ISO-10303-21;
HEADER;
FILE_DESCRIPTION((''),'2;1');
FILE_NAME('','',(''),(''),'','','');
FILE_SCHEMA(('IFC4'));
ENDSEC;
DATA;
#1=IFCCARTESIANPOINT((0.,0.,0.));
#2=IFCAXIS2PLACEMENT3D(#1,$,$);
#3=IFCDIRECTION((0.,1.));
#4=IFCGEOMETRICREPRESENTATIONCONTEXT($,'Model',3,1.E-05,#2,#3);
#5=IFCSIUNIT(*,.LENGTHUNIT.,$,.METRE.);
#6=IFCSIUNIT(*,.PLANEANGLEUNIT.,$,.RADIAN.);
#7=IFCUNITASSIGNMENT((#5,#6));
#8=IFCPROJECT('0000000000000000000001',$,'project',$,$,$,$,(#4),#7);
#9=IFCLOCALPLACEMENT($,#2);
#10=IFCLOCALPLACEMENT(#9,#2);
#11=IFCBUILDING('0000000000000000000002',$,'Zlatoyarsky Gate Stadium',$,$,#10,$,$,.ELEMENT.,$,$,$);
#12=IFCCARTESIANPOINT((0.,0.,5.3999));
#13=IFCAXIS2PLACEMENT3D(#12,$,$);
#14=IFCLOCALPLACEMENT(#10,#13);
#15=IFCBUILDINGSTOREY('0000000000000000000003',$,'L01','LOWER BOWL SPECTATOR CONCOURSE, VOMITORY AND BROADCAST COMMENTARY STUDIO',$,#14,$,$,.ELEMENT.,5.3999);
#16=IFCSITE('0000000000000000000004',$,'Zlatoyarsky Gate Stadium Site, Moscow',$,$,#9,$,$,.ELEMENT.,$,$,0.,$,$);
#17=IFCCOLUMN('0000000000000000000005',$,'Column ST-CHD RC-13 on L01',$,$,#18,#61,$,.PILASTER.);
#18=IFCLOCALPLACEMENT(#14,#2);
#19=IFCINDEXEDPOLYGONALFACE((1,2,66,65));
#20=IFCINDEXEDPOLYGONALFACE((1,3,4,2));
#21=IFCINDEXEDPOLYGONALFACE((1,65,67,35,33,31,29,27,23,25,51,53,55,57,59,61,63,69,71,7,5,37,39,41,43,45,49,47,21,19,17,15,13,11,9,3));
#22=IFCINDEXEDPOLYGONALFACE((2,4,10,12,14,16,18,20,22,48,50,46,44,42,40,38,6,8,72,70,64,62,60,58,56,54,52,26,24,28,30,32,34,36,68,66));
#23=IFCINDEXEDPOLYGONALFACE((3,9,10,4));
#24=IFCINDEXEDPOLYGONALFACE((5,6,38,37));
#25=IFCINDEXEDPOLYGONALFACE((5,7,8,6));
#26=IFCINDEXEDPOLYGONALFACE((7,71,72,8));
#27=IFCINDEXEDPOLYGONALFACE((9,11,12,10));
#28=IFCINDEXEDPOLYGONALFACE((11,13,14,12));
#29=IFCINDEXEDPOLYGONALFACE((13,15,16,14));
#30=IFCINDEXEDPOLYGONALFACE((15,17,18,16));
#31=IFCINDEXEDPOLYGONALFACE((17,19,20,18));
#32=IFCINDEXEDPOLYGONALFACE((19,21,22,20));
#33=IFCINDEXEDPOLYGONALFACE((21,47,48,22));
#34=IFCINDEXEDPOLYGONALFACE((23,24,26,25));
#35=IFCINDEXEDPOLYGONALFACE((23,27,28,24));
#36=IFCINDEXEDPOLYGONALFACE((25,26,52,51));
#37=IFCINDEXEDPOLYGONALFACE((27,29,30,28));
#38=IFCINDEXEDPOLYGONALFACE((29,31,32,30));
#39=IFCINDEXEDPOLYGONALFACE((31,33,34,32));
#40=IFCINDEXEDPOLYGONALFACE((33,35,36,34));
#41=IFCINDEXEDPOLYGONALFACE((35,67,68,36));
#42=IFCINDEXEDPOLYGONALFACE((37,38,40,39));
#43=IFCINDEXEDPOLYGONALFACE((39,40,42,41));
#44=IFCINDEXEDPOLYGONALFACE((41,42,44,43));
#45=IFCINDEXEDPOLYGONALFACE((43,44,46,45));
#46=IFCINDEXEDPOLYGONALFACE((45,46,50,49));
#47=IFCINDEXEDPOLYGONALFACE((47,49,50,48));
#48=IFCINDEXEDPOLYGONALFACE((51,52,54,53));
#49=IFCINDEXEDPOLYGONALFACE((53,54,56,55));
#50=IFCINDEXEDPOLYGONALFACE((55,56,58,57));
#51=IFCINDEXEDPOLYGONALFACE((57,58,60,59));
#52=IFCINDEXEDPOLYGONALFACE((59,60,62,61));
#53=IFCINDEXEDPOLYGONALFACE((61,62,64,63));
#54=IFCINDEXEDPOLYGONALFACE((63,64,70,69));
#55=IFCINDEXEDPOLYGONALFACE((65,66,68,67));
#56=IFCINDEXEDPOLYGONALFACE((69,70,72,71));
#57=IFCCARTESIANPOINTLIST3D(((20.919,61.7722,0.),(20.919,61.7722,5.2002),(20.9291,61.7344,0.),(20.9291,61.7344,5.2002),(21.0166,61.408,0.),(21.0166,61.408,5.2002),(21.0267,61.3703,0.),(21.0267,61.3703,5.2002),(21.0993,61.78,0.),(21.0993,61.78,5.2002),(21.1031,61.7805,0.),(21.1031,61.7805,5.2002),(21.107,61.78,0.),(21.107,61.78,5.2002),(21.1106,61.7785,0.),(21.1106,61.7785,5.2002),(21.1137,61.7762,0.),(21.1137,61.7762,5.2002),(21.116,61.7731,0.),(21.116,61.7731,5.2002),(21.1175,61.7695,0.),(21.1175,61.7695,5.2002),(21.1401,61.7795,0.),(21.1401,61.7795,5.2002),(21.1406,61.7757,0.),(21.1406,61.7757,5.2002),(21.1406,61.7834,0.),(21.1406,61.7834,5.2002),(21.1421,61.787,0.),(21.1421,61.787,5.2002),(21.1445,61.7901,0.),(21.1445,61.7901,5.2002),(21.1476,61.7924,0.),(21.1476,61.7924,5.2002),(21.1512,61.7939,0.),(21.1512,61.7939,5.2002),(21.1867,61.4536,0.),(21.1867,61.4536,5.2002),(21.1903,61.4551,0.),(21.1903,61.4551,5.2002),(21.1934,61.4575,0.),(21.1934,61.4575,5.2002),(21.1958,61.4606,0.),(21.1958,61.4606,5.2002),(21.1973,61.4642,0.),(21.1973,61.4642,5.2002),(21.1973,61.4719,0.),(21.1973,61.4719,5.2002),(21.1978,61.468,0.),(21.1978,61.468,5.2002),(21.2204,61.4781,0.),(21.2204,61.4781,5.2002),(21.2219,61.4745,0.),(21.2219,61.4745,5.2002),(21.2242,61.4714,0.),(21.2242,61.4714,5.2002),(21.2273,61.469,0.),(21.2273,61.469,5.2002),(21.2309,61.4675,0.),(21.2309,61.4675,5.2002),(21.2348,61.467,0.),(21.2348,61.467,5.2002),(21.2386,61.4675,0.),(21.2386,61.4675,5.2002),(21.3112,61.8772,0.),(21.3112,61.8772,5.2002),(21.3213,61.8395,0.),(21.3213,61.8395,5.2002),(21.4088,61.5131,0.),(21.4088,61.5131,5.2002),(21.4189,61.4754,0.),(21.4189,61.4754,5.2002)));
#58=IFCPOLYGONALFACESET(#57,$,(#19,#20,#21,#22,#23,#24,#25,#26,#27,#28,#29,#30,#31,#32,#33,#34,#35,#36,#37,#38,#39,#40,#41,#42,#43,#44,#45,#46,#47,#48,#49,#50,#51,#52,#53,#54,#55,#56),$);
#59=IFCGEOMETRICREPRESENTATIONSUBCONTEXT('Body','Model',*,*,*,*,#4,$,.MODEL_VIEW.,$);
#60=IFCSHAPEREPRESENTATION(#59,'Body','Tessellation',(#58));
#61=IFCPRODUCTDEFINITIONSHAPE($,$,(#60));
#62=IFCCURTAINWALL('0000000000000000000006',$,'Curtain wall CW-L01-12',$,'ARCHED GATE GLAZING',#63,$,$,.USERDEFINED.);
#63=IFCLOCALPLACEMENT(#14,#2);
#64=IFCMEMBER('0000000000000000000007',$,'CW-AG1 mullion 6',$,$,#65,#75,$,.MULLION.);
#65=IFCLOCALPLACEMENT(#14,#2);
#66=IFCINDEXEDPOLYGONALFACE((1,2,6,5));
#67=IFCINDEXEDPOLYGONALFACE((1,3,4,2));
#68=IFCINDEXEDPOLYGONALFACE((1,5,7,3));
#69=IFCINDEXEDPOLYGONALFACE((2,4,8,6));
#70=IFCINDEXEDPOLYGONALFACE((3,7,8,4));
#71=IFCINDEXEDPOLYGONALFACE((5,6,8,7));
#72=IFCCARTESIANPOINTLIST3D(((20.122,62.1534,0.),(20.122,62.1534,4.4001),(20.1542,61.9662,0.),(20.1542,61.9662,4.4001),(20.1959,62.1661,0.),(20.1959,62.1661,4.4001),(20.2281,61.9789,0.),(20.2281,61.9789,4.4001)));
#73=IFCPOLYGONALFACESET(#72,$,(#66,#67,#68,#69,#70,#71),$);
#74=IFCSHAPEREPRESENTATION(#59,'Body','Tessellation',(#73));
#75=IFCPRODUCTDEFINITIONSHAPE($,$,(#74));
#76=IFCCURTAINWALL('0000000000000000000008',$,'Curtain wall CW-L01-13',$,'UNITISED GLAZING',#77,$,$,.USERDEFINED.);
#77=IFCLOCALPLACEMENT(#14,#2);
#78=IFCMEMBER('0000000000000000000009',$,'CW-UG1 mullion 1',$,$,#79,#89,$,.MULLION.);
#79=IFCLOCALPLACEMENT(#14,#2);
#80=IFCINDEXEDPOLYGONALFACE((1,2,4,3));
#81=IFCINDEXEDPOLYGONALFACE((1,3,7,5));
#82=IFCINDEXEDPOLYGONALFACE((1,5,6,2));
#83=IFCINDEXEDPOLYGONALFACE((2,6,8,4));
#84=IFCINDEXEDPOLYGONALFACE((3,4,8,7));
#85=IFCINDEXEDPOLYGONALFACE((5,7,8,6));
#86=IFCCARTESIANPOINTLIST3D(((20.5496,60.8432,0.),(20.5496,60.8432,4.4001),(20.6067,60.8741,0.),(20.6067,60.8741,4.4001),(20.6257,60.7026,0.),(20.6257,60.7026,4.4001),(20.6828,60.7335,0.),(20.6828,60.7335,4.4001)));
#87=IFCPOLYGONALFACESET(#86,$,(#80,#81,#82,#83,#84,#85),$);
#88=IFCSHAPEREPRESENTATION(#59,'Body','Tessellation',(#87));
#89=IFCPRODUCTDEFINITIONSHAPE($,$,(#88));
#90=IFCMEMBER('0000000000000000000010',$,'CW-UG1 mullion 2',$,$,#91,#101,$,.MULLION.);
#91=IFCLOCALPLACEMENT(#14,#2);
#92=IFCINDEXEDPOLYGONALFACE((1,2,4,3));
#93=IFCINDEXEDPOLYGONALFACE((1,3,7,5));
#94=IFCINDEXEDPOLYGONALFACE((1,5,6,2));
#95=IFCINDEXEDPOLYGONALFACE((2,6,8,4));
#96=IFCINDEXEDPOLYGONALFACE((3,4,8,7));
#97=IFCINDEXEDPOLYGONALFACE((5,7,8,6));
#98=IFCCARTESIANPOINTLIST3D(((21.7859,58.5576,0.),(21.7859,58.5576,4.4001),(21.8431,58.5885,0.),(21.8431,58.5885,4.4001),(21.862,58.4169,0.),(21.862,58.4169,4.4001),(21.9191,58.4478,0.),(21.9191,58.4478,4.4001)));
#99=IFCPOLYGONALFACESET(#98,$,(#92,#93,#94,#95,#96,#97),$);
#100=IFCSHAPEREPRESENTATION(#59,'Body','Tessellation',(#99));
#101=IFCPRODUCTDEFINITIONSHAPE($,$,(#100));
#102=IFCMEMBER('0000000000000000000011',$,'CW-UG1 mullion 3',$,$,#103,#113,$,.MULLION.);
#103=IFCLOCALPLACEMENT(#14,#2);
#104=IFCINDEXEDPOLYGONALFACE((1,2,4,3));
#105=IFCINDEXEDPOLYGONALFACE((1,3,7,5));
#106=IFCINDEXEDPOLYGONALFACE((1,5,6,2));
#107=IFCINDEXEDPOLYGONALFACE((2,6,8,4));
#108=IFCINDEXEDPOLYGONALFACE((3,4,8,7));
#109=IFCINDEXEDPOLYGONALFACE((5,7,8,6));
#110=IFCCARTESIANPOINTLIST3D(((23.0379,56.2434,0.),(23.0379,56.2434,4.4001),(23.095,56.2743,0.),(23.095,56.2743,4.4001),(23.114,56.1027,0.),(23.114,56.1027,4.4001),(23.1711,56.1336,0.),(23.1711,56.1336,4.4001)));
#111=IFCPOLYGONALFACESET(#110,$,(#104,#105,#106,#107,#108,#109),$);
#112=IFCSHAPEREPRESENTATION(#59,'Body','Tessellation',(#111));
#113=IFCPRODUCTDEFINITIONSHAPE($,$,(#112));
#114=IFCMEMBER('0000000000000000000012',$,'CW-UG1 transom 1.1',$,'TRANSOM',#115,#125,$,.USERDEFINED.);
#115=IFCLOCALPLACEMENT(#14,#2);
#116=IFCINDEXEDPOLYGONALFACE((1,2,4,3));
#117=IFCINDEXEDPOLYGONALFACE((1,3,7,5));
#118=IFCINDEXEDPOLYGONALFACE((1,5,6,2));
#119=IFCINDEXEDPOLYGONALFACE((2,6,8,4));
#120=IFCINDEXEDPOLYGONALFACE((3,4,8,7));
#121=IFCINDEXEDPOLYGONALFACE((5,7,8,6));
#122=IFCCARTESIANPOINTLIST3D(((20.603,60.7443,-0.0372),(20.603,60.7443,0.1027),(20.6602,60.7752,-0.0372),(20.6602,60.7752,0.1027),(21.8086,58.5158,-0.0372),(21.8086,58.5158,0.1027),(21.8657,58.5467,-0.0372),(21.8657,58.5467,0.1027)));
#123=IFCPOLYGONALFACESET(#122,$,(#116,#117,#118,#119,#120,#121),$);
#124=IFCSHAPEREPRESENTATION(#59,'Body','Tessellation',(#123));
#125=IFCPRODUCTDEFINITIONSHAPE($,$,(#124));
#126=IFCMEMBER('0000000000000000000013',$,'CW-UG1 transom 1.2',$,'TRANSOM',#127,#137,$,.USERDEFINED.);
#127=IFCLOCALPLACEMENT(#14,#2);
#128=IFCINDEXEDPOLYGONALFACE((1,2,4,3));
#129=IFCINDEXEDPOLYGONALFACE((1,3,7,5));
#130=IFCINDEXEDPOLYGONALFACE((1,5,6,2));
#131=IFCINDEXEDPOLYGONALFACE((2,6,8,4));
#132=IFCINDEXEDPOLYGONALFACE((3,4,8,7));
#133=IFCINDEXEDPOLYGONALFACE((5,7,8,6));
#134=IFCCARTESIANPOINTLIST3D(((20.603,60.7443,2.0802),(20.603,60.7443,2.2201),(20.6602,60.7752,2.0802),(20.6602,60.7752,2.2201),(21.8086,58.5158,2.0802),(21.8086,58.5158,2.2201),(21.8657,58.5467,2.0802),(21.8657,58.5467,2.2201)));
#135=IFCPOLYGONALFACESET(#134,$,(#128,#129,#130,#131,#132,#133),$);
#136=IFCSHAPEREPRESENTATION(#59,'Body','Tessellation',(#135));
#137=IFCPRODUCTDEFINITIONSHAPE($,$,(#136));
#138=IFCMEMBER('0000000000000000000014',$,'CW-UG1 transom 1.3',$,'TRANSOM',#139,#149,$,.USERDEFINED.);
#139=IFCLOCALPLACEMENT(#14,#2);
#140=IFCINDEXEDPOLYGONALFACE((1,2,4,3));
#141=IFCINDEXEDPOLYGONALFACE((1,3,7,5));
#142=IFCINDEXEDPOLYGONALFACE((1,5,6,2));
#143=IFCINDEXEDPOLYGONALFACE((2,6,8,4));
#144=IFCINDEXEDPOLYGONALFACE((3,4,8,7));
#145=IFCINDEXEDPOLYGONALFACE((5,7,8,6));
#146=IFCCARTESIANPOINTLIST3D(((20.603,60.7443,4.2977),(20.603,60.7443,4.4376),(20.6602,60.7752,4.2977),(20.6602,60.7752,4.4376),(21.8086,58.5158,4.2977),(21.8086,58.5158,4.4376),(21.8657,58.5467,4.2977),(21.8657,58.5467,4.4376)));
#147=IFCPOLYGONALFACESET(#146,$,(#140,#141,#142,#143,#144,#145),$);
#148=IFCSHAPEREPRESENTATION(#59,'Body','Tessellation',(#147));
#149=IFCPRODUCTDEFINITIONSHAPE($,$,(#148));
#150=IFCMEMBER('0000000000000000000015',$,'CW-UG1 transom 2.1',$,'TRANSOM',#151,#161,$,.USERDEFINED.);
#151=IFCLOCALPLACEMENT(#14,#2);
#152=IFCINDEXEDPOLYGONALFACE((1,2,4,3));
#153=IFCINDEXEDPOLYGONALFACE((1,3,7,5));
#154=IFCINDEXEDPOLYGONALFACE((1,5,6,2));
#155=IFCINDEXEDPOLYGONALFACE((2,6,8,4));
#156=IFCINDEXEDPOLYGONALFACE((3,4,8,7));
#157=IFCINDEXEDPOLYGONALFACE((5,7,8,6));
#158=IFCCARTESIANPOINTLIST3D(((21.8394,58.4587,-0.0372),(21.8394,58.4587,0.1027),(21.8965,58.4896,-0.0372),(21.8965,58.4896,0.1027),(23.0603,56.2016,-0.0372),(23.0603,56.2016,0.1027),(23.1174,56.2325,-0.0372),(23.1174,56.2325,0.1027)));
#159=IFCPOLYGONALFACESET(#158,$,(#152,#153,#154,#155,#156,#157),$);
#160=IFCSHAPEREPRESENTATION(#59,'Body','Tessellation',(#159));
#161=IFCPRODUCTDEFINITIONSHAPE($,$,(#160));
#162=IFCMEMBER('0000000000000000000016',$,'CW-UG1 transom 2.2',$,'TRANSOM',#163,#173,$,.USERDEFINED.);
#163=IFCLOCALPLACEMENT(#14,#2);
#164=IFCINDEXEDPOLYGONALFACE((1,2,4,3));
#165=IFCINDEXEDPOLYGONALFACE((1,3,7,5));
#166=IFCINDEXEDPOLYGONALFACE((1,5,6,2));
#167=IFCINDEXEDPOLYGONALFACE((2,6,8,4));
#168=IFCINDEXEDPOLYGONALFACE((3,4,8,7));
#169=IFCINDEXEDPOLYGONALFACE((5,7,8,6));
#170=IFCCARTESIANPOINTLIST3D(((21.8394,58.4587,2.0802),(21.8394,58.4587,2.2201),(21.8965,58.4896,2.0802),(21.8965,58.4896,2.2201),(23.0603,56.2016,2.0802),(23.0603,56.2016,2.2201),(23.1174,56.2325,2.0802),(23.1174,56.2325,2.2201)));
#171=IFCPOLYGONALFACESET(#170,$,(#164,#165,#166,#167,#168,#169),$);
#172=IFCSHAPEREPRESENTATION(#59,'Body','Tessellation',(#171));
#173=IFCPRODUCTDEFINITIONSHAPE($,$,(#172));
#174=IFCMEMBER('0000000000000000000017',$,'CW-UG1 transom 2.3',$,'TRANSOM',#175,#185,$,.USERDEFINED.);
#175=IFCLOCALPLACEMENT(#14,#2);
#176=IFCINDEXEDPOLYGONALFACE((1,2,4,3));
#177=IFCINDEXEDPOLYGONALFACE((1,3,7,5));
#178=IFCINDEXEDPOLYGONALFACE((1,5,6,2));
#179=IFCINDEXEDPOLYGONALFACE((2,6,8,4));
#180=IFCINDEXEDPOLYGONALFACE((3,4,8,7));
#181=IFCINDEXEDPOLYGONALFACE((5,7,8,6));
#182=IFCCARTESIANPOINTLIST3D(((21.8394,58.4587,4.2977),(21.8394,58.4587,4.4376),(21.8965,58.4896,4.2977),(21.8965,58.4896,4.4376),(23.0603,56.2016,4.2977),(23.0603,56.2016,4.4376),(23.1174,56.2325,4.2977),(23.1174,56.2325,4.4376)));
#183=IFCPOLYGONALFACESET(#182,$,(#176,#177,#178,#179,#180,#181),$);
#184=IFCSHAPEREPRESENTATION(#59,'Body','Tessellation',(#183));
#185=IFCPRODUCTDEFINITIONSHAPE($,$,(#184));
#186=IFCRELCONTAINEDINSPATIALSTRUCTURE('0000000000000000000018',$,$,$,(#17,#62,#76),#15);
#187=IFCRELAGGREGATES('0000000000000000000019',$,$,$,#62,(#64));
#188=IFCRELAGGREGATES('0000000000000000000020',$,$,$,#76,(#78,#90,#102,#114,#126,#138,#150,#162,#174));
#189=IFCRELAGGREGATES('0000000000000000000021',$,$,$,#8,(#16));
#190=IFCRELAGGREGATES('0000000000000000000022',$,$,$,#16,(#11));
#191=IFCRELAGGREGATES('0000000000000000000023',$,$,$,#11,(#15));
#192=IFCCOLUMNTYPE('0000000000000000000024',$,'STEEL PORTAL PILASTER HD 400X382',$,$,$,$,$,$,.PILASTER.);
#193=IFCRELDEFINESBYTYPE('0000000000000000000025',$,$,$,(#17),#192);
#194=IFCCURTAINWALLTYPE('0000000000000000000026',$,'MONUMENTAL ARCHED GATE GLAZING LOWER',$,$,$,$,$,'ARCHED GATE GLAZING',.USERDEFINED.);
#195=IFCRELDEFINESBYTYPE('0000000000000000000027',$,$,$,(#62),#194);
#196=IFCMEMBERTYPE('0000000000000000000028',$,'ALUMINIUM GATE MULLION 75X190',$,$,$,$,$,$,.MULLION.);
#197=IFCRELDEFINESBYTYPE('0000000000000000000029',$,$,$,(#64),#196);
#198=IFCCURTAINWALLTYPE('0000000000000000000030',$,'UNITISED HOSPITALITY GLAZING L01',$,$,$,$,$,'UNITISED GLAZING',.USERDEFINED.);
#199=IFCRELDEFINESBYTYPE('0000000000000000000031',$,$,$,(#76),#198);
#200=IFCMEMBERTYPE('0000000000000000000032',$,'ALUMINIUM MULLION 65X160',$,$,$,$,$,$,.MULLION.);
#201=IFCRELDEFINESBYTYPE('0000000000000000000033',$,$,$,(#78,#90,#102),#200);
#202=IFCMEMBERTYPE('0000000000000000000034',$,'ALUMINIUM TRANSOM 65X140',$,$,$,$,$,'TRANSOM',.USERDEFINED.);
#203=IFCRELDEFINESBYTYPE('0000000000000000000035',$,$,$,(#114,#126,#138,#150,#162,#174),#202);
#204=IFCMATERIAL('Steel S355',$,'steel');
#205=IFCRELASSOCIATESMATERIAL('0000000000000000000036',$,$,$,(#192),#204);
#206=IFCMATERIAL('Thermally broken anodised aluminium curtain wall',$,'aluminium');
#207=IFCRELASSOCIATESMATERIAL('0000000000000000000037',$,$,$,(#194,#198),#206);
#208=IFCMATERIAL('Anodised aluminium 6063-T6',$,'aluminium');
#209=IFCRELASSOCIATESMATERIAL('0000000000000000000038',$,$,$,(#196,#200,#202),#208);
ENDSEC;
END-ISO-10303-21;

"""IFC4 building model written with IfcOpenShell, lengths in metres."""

from ifc_helpers import new_model, si_unit, direction, frame, origin, origin_2d, place, context, subcontext, project, spatial, rectangle, i_section, extrude, material, material_profile, profile_set, type_object, element, aggregate, save


model = new_model("IFC4")

# Units and contexts
model_context = context("Model", 3, precision=1e-05, world=origin(), true_north=direction((0.0, 1.0)))
body_context = subcontext(model_context, "Body", "Model", "MODEL_VIEW")
ifc_project = project(units=[si_unit("LENGTHUNIT", "METRE"), si_unit("PLANEANGLEUNIT", "RADIAN")], contexts=[model_context])

# Site, building, storey
site_placement = place(None, origin())
site = spatial("IfcSite", under=ifc_project, at=site_placement, Name="Zlatoyarsky Gate Stadium Site, Moscow", CompositionType="ELEMENT", RefElevation=0.0)
building_placement = place(site_placement, origin())
building = spatial("IfcBuilding", under=site, at=building_placement, Name="Zlatoyarsky Gate Stadium", CompositionType="ELEMENT")
storey_placement = place(building_placement, frame((0.0, 0.0, 5.3999)))
storey = spatial("IfcBuildingStorey", under=building, at=storey_placement, Name="L01", Description="LOWER BOWL SPECTATOR CONCOURSE, VOMITORY AND BROADCAST COMMENTARY STUDIO", CompositionType="ELEMENT", Elevation=5.3999)

# Column
ifc_material_1 = material(Name="Steel S355", Category="steel")
ifc_material_profile_1 = material_profile(ifc_material_1, i_section(OverallWidth=0.406, OverallDepth=0.416, WebThickness=0.0239, FlangeThickness=0.0391, FilletRadius=0.0149, at=origin_2d()), Name="HD 400X382")
ifc_profile_set_1 = profile_set([ifc_material_profile_1], Name="Steel S355")
column_type = type_object("IfcColumnType", Name="STEEL PORTAL PILASTER HD 400X382", PredefinedType="PILASTER", material=ifc_profile_set_1)
column_placement = place(storey_placement, frame((21.1689, 61.6238, 0.0), z_axis=(0.0, 0.0, 1.0), x_axis=(-0.965926, -0.258819, 0.0)))
element("IfcColumn", 1, at=column_placement, inside=storey, type_object=column_type, Name="Column ST-CHD RC-13 on L01", PredefinedType="PILASTER", context=body_context, shape_type="SweptSolid", body=[
    extrude(i_section(OverallWidth=0.406, OverallDepth=0.416, WebThickness=0.0239, FlangeThickness=0.0391, FilletRadius=0.0149, at=origin_2d()), origin(), (0.0, 0.0, 1.0), 5.2002),
])

# Curtain wall, member
ifc_material_2 = material(Name="Thermally broken anodised aluminium curtain wall", Category="aluminium")
curtain_wall_type_1 = type_object("IfcCurtainWallType", Name="MONUMENTAL ARCHED GATE GLAZING LOWER", ElementType="ARCHED GATE GLAZING", PredefinedType="USERDEFINED", material=ifc_material_2)
curtain_wall_1_placement = place(storey_placement, origin())
curtain_wall_1 = element("IfcCurtainWall", 2, at=curtain_wall_1_placement, inside=storey, type_object=curtain_wall_type_1, Name="Curtain wall CW-L01-12", ObjectType="ARCHED GATE GLAZING", PredefinedType="USERDEFINED")
ifc_material_3 = material(Name="Anodised aluminium 6063-T6", Category="aluminium")
ifc_material_profile_2 = material_profile(ifc_material_3, rectangle(XDim=0.075, YDim=0.1899, at=origin_2d()), Name="ALU 75X190")
ifc_profile_set_2 = profile_set([ifc_material_profile_2], Name="Anodised aluminium 6063-T6")
member_type_1 = type_object("IfcMemberType", Name="ALUMINIUM GATE MULLION 75X190", PredefinedType="MULLION", material=ifc_profile_set_2)
member_1_placement = place(storey_placement, frame((20.175, 62.0662, 0.0), z_axis=(0.0, 0.0, 1.0), x_axis=(0.985538, 0.169452, 0.0)))
member_1 = element("IfcMember", 3, at=member_1_placement, type_object=member_type_1, Name="CW-AG1 mullion 6", PredefinedType="MULLION", context=body_context, shape_type="SweptSolid", body=[
    extrude(rectangle(XDim=0.075, YDim=0.1899, at=origin_2d()), origin(), (0.0, 0.0, 1.0), 4.4001),
])

# Curtain wall, members
curtain_wall_type_2 = type_object("IfcCurtainWallType", Name="UNITISED HOSPITALITY GLAZING L01", ElementType="UNITISED GLAZING", PredefinedType="USERDEFINED", material=ifc_material_2)
curtain_wall_2_placement = place(storey_placement, origin())
curtain_wall_2 = element("IfcCurtainWall", 4, at=curtain_wall_2_placement, inside=storey, type_object=curtain_wall_type_2, Name="Curtain wall CW-L01-13", ObjectType="UNITISED GLAZING", PredefinedType="USERDEFINED")
ifc_material_profile_3 = material_profile(ifc_material_3, rectangle(XDim=0.0649, YDim=0.1599, at=origin_2d()), Name="ALU 65X160")
ifc_profile_set_3 = profile_set([ifc_material_profile_3], Name="Anodised aluminium 6063-T6")
member_type_2 = type_object("IfcMemberType", Name="ALUMINIUM MULLION 65X160", PredefinedType="MULLION", material=ifc_profile_set_3)
member_2_placement = place(storey_placement, frame((20.6162, 60.7883, 0.0), z_axis=(0.0, 0.0, 1.0), x_axis=(0.879561, 0.475786, 0.0)))
member_2 = element("IfcMember", 5, at=member_2_placement, type_object=member_type_2, Name="CW-UG1 mullion 1", PredefinedType="MULLION", context=body_context, shape_type="SweptSolid", body=[
    extrude(rectangle(XDim=0.0649, YDim=0.1599, at=origin_2d()), origin(), (0.0, 0.0, 1.0), 4.4001),
])
member_3_placement = place(storey_placement, frame((21.8525, 58.5027, 0.0), z_axis=(0.0, 0.0, 1.0), x_axis=(0.879561, 0.475786, 0.0)))
member_3 = element("IfcMember", 6, at=member_3_placement, type_object=member_type_2, Name="CW-UG1 mullion 2", PredefinedType="MULLION", context=body_context, shape_type="SweptSolid", body=[
    extrude(rectangle(XDim=0.0649, YDim=0.1599, at=origin_2d()), origin(), (0.0, 0.0, 1.0), 4.4001),
])
member_4_placement = place(storey_placement, frame((23.1045, 56.1885, 0.0), z_axis=(0.0, 0.0, 1.0), x_axis=(0.879561, 0.475786, 0.0)))
member_4 = element("IfcMember", 7, at=member_4_placement, type_object=member_type_2, Name="CW-UG1 mullion 3", PredefinedType="MULLION", context=body_context, shape_type="SweptSolid", body=[
    extrude(rectangle(XDim=0.0649, YDim=0.1599, at=origin_2d()), origin(), (0.0, 0.0, 1.0), 4.4001),
])
ifc_material_profile_4 = material_profile(ifc_material_3, rectangle(XDim=0.0649, YDim=0.1399, at=origin_2d()), Name="ALU 65X140")
ifc_profile_set_4 = profile_set([ifc_material_profile_4], Name="Anodised aluminium 6063-T6")
member_type_3 = type_object("IfcMemberType", Name="ALUMINIUM TRANSOM 65X140", ElementType="TRANSOM", PredefinedType="USERDEFINED", material=ifc_profile_set_4)
member_5_placement = place(storey_placement, frame((20.6316, 60.7598, 0.0327), z_axis=(0.475811, -0.879547, 0.0), x_axis=(0.879547, 0.475811, 0.0)))
member_5 = element("IfcMember", 8, at=member_5_placement, type_object=member_type_3, Name="CW-UG1 transom 1.1", ObjectType="TRANSOM", PredefinedType="USERDEFINED", context=body_context, shape_type="SweptSolid", body=[
    extrude(rectangle(XDim=0.0649, YDim=0.1399, at=origin_2d()), origin(), (0.0, 0.0, 1.0), 2.5337),
])
member_6_placement = place(storey_placement, frame((20.6316, 60.7598, 2.1501), z_axis=(0.475811, -0.879547, 0.0), x_axis=(0.879547, 0.475811, 0.0)))
member_6 = element("IfcMember", 9, at=member_6_placement, type_object=member_type_3, Name="CW-UG1 transom 1.2", ObjectType="TRANSOM", PredefinedType="USERDEFINED", context=body_context, shape_type="SweptSolid", body=[
    extrude(rectangle(XDim=0.0649, YDim=0.1399, at=origin_2d()), origin(), (0.0, 0.0, 1.0), 2.5337),
])
member_7_placement = place(storey_placement, frame((20.6316, 60.7598, 4.3677), z_axis=(0.475811, -0.879547, 0.0), x_axis=(0.879547, 0.475811, 0.0)))
member_7 = element("IfcMember", 10, at=member_7_placement, type_object=member_type_3, Name="CW-UG1 transom 1.3", ObjectType="TRANSOM", PredefinedType="USERDEFINED", context=body_context, shape_type="SweptSolid", body=[
    extrude(rectangle(XDim=0.0649, YDim=0.1399, at=origin_2d()), origin(), (0.0, 0.0, 1.0), 2.5337),
])
member_8_placement = place(storey_placement, frame((21.8679, 58.4741, 0.0327), z_axis=(0.47579, -0.879559, 0.0), x_axis=(0.879559, 0.47579, 0.0)))
member_8 = element("IfcMember", 11, at=member_8_placement, type_object=member_type_3, Name="CW-UG1 transom 2.1", ObjectType="TRANSOM", PredefinedType="USERDEFINED", context=body_context, shape_type="SweptSolid", body=[
    extrude(rectangle(XDim=0.0649, YDim=0.1399, at=origin_2d()), origin(), (0.0, 0.0, 1.0), 2.5662),
])
member_9_placement = place(storey_placement, frame((21.8679, 58.4741, 2.1501), z_axis=(0.47579, -0.879559, 0.0), x_axis=(0.879559, 0.47579, 0.0)))
member_9 = element("IfcMember", 12, at=member_9_placement, type_object=member_type_3, Name="CW-UG1 transom 2.2", ObjectType="TRANSOM", PredefinedType="USERDEFINED", context=body_context, shape_type="SweptSolid", body=[
    extrude(rectangle(XDim=0.0649, YDim=0.1399, at=origin_2d()), origin(), (0.0, 0.0, 1.0), 2.5662),
])
member_10_placement = place(storey_placement, frame((21.8679, 58.4741, 4.3677), z_axis=(0.47579, -0.879559, 0.0), x_axis=(0.879559, 0.47579, 0.0)))
member_10 = element("IfcMember", 13, at=member_10_placement, type_object=member_type_3, Name="CW-UG1 transom 2.3", ObjectType="TRANSOM", PredefinedType="USERDEFINED", context=body_context, shape_type="SweptSolid", body=[
    extrude(rectangle(XDim=0.0649, YDim=0.1399, at=origin_2d()), origin(), (0.0, 0.0, 1.0), 2.5662),
])

aggregate(curtain_wall_1, [member_1])

aggregate(curtain_wall_2, [member_2, member_3, member_4, member_5, member_6, member_7, member_8, member_9, member_10])

save(model, "model.ifc")
